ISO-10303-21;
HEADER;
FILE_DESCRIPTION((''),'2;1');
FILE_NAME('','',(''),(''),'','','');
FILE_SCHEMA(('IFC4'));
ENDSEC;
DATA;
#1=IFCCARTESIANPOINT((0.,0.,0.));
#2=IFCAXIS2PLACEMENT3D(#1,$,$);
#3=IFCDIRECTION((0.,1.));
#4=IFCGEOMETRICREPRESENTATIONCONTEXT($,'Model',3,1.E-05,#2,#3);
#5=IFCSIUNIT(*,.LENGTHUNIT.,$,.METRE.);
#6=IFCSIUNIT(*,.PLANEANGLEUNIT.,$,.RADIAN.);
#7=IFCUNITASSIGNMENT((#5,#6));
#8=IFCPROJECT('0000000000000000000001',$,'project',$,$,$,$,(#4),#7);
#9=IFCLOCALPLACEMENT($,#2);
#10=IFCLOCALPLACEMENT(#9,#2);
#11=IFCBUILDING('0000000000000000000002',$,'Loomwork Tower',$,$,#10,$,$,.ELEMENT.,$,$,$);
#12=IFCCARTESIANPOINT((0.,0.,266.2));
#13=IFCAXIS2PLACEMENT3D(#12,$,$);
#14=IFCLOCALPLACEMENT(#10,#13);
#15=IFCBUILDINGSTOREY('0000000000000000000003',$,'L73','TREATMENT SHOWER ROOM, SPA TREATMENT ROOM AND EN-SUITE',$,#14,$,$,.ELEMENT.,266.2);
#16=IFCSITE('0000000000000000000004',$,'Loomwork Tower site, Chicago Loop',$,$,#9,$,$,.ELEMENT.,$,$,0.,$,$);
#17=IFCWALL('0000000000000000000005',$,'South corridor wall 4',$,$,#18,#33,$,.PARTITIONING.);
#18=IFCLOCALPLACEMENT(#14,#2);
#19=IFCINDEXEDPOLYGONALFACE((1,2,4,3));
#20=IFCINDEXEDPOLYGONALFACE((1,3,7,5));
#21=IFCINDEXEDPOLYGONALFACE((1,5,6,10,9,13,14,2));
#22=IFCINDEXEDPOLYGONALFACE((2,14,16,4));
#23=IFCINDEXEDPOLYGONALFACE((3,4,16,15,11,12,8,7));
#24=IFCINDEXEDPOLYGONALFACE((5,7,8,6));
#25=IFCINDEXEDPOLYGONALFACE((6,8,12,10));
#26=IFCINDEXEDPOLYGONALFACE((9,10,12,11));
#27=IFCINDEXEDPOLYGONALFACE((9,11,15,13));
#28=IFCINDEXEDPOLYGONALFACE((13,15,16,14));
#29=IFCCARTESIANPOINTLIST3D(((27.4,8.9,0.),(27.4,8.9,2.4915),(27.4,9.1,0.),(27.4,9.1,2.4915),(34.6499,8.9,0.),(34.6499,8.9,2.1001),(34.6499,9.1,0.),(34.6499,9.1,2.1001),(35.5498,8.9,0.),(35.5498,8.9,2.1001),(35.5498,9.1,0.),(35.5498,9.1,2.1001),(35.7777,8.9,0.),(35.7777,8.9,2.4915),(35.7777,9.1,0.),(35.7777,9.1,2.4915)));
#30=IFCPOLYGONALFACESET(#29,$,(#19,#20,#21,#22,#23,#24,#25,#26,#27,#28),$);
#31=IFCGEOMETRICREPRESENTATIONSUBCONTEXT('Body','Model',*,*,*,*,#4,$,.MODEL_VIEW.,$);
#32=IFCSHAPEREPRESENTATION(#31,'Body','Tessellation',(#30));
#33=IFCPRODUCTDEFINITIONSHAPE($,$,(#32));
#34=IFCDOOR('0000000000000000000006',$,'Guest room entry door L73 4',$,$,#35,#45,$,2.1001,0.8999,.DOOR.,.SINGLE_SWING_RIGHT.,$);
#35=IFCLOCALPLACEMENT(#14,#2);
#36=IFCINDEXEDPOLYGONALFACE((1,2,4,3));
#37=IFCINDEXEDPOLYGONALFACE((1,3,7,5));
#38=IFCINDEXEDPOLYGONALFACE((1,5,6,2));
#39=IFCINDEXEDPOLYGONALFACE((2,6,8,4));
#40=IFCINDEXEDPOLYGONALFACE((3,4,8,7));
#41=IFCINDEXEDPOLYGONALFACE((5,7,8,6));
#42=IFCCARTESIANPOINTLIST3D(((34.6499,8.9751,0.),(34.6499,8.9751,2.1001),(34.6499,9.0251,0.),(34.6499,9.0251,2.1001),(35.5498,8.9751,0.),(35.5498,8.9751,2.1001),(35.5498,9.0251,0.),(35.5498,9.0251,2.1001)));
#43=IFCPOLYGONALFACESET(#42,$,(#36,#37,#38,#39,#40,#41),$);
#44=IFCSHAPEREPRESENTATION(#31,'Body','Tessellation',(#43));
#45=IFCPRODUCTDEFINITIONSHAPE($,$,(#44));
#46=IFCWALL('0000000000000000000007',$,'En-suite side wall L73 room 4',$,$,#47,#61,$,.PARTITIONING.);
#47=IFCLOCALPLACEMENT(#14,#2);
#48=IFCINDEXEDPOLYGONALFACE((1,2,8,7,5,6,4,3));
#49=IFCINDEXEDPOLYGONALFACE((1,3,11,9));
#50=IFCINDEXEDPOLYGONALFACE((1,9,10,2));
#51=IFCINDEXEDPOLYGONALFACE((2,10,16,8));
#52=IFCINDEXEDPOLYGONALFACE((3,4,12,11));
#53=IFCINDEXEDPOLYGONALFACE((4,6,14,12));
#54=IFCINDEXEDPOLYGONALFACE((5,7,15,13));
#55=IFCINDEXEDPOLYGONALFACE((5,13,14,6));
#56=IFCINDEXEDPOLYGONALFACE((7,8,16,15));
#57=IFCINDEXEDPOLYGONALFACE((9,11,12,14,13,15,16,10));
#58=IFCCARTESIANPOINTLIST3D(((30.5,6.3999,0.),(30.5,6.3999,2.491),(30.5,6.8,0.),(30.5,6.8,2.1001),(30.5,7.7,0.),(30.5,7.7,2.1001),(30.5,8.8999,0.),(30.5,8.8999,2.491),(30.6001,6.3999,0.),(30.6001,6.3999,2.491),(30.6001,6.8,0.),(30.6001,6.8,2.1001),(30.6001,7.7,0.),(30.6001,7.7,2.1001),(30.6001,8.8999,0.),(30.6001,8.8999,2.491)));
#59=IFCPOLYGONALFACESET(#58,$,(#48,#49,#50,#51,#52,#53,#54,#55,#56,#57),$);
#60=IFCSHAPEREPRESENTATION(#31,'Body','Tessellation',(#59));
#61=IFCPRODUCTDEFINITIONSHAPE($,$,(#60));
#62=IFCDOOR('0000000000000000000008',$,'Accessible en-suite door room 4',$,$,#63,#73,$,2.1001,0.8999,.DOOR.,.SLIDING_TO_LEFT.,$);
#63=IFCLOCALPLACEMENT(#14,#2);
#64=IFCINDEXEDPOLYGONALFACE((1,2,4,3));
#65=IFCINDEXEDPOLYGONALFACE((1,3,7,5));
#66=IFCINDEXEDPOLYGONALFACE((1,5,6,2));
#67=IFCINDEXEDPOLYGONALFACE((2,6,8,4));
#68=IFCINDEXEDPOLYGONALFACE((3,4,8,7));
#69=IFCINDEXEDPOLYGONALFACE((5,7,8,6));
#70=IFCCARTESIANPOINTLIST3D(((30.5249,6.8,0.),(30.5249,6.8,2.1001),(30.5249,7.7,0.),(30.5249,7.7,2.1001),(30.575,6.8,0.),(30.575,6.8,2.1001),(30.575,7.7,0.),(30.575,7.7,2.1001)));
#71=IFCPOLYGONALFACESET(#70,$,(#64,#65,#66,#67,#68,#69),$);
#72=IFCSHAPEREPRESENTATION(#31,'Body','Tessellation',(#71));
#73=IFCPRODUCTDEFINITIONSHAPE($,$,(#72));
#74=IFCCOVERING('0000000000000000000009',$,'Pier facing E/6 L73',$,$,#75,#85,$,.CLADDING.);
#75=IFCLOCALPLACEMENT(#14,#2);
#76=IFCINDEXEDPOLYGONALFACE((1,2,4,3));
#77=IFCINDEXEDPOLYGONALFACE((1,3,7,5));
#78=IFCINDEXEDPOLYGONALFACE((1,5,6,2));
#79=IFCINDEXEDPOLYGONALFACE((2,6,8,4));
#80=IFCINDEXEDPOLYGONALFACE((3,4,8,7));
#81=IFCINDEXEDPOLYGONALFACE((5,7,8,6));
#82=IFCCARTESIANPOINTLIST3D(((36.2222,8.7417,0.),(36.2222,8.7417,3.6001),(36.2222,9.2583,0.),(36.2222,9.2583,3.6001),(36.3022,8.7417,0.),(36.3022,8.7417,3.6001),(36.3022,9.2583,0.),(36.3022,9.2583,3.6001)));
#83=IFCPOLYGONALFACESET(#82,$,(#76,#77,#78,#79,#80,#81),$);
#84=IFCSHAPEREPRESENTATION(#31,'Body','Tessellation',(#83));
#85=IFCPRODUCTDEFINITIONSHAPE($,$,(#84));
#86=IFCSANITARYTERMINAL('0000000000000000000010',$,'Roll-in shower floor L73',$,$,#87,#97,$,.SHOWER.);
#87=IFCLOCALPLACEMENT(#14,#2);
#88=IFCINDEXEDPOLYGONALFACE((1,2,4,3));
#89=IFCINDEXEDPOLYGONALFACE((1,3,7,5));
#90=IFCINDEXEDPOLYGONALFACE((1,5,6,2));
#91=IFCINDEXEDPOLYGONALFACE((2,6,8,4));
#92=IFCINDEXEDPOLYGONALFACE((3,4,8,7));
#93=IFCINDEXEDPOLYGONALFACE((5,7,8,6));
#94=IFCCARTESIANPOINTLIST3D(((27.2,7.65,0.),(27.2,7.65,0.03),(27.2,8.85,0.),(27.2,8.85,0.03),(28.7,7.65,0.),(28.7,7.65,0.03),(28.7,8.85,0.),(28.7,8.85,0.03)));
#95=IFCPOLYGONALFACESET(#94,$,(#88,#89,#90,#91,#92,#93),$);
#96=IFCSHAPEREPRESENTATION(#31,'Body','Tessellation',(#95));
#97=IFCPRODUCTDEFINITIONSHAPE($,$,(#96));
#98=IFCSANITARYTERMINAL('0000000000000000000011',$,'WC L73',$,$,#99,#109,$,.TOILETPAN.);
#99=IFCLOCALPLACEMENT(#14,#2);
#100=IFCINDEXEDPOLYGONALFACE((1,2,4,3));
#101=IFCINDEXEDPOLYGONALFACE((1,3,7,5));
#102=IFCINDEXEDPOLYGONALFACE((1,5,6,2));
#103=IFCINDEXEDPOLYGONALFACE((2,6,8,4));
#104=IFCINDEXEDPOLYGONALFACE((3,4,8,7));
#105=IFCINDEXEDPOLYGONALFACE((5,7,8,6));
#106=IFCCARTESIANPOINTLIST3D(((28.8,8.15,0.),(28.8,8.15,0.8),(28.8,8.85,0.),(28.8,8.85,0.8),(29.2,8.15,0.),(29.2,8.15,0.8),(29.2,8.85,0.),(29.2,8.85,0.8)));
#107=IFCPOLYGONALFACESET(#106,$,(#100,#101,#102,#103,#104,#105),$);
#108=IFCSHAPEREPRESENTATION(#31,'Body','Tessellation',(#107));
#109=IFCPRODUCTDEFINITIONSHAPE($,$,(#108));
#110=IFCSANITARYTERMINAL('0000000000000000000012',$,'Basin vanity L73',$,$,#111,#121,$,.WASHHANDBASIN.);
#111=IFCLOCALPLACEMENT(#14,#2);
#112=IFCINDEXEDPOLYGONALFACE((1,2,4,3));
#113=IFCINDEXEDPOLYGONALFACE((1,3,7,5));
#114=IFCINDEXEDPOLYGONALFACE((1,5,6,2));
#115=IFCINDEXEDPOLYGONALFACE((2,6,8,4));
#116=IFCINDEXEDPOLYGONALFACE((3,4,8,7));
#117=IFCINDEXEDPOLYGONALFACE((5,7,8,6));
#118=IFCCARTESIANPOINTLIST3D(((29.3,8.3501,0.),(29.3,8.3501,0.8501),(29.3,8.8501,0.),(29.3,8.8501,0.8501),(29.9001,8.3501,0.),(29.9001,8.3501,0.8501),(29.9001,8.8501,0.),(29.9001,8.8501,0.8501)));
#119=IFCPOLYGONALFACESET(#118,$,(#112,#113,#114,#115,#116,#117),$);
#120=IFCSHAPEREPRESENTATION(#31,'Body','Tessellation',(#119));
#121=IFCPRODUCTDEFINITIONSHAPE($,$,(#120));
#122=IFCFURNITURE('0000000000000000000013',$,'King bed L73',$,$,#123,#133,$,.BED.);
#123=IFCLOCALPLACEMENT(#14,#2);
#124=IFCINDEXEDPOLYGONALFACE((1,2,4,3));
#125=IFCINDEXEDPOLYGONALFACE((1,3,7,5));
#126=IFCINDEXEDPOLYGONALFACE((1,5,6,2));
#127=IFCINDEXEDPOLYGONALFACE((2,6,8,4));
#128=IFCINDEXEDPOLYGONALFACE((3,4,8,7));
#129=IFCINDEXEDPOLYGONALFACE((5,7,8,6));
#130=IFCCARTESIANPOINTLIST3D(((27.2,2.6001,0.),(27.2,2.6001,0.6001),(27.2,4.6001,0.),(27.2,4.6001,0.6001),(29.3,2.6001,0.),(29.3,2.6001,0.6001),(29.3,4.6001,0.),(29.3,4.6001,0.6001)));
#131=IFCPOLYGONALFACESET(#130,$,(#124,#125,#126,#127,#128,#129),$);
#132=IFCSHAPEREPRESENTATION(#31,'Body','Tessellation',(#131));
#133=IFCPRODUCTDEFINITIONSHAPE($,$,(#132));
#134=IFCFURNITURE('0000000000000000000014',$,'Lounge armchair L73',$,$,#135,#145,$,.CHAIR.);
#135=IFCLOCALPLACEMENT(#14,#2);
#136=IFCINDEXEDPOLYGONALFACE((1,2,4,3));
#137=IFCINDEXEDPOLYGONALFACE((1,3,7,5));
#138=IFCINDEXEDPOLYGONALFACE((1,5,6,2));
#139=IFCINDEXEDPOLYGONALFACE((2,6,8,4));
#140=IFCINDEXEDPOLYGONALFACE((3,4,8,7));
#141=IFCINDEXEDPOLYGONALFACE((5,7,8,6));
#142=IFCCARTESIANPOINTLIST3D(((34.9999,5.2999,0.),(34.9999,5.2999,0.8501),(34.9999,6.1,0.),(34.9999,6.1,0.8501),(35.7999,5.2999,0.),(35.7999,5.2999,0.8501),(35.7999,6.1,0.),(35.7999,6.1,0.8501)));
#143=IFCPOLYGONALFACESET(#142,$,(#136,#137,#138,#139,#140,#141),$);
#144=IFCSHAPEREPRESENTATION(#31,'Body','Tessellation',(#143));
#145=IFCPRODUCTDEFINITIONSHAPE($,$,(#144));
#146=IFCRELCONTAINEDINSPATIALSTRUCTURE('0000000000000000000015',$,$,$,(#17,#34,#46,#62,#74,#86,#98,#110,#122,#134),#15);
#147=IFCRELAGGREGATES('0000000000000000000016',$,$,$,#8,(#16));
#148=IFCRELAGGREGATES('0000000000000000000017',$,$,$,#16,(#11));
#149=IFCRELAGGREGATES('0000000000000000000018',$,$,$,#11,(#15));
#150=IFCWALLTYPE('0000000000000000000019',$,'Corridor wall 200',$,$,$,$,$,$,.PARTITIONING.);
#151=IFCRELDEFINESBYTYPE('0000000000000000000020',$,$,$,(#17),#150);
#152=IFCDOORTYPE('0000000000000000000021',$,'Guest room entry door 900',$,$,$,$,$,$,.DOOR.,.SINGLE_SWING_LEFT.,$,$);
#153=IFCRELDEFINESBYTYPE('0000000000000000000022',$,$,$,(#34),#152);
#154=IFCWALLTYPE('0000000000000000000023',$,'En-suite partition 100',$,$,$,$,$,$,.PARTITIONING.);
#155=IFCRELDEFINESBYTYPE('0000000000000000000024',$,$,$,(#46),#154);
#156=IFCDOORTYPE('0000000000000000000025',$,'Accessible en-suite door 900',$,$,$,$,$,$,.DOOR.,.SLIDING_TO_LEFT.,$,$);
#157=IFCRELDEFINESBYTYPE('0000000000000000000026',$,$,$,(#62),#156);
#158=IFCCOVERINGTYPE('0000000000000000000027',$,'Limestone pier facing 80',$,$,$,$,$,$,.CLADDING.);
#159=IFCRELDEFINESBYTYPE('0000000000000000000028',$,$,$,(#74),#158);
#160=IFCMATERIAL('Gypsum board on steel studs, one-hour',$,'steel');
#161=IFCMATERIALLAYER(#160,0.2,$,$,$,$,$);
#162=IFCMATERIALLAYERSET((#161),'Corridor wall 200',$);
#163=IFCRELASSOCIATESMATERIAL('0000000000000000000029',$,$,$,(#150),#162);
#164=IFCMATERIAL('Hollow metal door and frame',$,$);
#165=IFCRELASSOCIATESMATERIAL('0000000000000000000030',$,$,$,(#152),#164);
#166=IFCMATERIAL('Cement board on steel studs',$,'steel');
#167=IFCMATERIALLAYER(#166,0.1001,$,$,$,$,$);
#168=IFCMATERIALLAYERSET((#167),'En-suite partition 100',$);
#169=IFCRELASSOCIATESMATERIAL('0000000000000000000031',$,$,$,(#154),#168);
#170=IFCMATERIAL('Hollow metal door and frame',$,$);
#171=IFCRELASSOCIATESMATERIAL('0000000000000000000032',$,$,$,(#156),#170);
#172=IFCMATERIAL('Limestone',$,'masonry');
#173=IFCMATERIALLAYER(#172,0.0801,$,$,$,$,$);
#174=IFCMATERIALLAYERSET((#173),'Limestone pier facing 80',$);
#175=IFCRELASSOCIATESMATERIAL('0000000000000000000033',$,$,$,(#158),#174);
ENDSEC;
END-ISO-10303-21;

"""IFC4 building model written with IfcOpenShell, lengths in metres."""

from ifc_helpers import new_model, si_unit, direction, frame, frame_2d, origin, origin_2d, place, context, subcontext, project, spatial, rectangle, extrude, material, layer, layer_set, type_object, element, fill, save


model = new_model("IFC4")

# Units and contexts
model_context = context("Model", 3, precision=1e-05, world=origin(), true_north=direction((0.0, 1.0)))
body_context = subcontext(model_context, "Body", "Model", "MODEL_VIEW")
ifc_project = project(units=[si_unit("LENGTHUNIT", "METRE"), si_unit("PLANEANGLEUNIT", "RADIAN")], contexts=[model_context])

# Site, building, storey
site_placement = place(None, origin())
site = spatial("IfcSite", under=ifc_project, at=site_placement, Name="Loomwork Tower site, Chicago Loop", CompositionType="ELEMENT", RefElevation=0.0)
building_placement = place(site_placement, origin())
building = spatial("IfcBuilding", under=site, at=building_placement, Name="Loomwork Tower", CompositionType="ELEMENT")
storey_placement = place(building_placement, frame((0.0, 0.0, 266.2)))
storey = spatial("IfcBuildingStorey", under=building, at=storey_placement, Name="L73", Description="TREATMENT SHOWER ROOM, SPA TREATMENT ROOM AND EN-SUITE", CompositionType="ELEMENT", Elevation=266.2)

# Walls, openings, doors
ifc_material_1 = material(Name="Gypsum board on steel studs, one-hour", Category="steel")
ifc_layer_1 = layer(ifc_material_1, 0.2)
ifc_layer_set_1 = layer_set([ifc_layer_1], Name="Corridor wall 200")
wall_type_1 = type_object("IfcWallType", Name="Corridor wall 200", PredefinedType="PARTITIONING", material=ifc_layer_set_1)
wall_1_placement = place(storey_placement, frame((27.3999, 9.0, 0.0), z_axis=(0.0, 0.0, 1.0), x_axis=(1.0, 0.0, 0.0)))
wall_1 = element("IfcWall", 1, at=wall_1_placement, inside=storey, type_object=wall_type_1, Name="South corridor wall 4", PredefinedType="PARTITIONING", context=body_context, shape_type="SweptSolid", body=[
    extrude(rectangle(XDim=8.3777, YDim=0.2, at=frame_2d((4.189, 0.0))), origin(), (0.0, 0.0, 1.0), 2.4915),
])
opening_1_placement = place(wall_1_placement, frame((7.25, 0.0, 0.0)))
opening_1 = element("IfcOpeningElement", 2, at=opening_1_placement, cuts=wall_1, PredefinedType="OPENING", context=body_context, shape_type="SweptSolid", body=[
    extrude(rectangle(XDim=0.8999, YDim=2.1001, at=frame_2d((0.45, 1.05))), frame((0.0, 0.1099, 0.0), z_axis=(0.0, -1.0, 0.0), x_axis=(1.0, 0.0, 0.0)), (0.0, 0.0, 1.0), 0.22),
])
ifc_material_2 = material(Name="Hollow metal door and frame")
door_type_1 = type_object("IfcDoorType", Name="Guest room entry door 900", OperationType="SINGLE_SWING_LEFT", PredefinedType="DOOR", material=ifc_material_2)
door_1_placement = place(opening_1_placement, frame((0.8999, 0.0, 0.0), z_axis=(0.0, 0.0, 1.0), x_axis=(-1.0, 0.0, 0.0)))
door_1 = element("IfcDoor", 3, at=door_1_placement, inside=storey, type_object=door_type_1, Name="Guest room entry door L73 4", OperationType="SINGLE_SWING_RIGHT", OverallHeight=2.1001, OverallWidth=0.8999, PredefinedType="DOOR", context=body_context, shape_type="SweptSolid", body=[
    extrude(rectangle(XDim=0.8999, YDim=2.1001, at=frame_2d((0.45, 1.05))), frame((0.0, 0.0249, 0.0), z_axis=(0.0, -1.0, 0.0), x_axis=(1.0, 0.0, 0.0)), (0.0, 0.0, 1.0), 0.05),
])
fill(opening_1, door_1)
ifc_material_3 = material(Name="Cement board on steel studs", Category="steel")
ifc_layer_2 = layer(ifc_material_3, 0.1001)
ifc_layer_set_2 = layer_set([ifc_layer_2], Name="En-suite partition 100")
wall_type_2 = type_object("IfcWallType", Name="En-suite partition 100", PredefinedType="PARTITIONING", material=ifc_layer_set_2)
wall_2_placement = place(storey_placement, frame((30.55, 8.8999, 0.0), z_axis=(0.0, 0.0, 1.0), x_axis=(0.0, -1.0, 0.0)))
wall_2 = element("IfcWall", 4, at=wall_2_placement, inside=storey, type_object=wall_type_2, Name="En-suite side wall L73 room 4", PredefinedType="PARTITIONING", context=body_context, shape_type="SweptSolid", body=[
    extrude(rectangle(XDim=2.5, YDim=0.1001, at=frame_2d((1.25, 0.0))), origin(), (0.0, 0.0, 1.0), 2.491),
])
opening_2_placement = place(wall_2_placement, frame((1.2, 0.0, 0.0)))
opening_2 = element("IfcOpeningElement", 5, at=opening_2_placement, cuts=wall_2, PredefinedType="OPENING", context=body_context, shape_type="SweptSolid", body=[
    extrude(rectangle(XDim=0.8999, YDim=2.1001, at=frame_2d((0.45, 1.05))), frame((0.0, 0.0601, 0.0), z_axis=(0.0, -1.0, 0.0), x_axis=(1.0, 0.0, 0.0)), (0.0, 0.0, 1.0), 0.1201),
])
ifc_material_4 = material(Name="Hollow metal door and frame")
door_type_2 = type_object("IfcDoorType", Name="Accessible en-suite door 900", OperationType="SLIDING_TO_LEFT", PredefinedType="DOOR", material=ifc_material_4)
door_2_placement = place(opening_2_placement, origin())
door_2 = element("IfcDoor", 6, at=door_2_placement, inside=storey, type_object=door_type_2, Name="Accessible en-suite door room 4", OperationType="SLIDING_TO_LEFT", OverallHeight=2.1001, OverallWidth=0.8999, PredefinedType="DOOR", context=body_context, shape_type="SweptSolid", body=[
    extrude(rectangle(XDim=0.8999, YDim=2.1001, at=frame_2d((0.45, 1.05))), frame((0.0, 0.0249, 0.0), z_axis=(0.0, -1.0, 0.0), x_axis=(1.0, 0.0, 0.0)), (0.0, 0.0, 1.0), 0.05),
])
fill(opening_2, door_2)

# Covering
ifc_material_5 = material(Name="Limestone", Category="masonry")
ifc_layer_3 = layer(ifc_material_5, 0.0801)
ifc_layer_set_3 = layer_set([ifc_layer_3], Name="Limestone pier facing 80")
covering_type = type_object("IfcCoveringType", Name="Limestone pier facing 80", PredefinedType="CLADDING", material=ifc_layer_set_3)
covering_placement = place(storey_placement, frame((36.2622, 9.0, 0.0), z_axis=(0.0, 0.0, 1.0), x_axis=(1.0, 0.0, 0.0)))
element("IfcCovering", 7, at=covering_placement, inside=storey, type_object=covering_type, Name="Pier facing E/6 L73", PredefinedType="CLADDING", context=body_context, shape_type="SweptSolid", body=[
    extrude(rectangle(XDim=0.0801, YDim=0.5166, at=origin_2d()), origin(), (0.0, 0.0, 1.0), 3.6001),
])

# Sanitary terminals
sanitary_terminal_1_placement = place(storey_placement, frame((27.95, 8.25, 0.0), z_axis=(0.0, 0.0, 1.0), x_axis=(1.0, 0.0, 0.0)))
element("IfcSanitaryTerminal", 8, at=sanitary_terminal_1_placement, inside=storey, Name="Roll-in shower floor L73", PredefinedType="SHOWER", context=body_context, shape_type="SweptSolid", body=[
    extrude(rectangle(XDim=1.5, YDim=1.2, at=origin_2d()), origin(), (0.0, 0.0, 1.0), 0.03),
])
sanitary_terminal_2_placement = place(storey_placement, frame((29.0, 8.5, 0.0), z_axis=(0.0, 0.0, 1.0), x_axis=(1.0, 0.0, 0.0)))
element("IfcSanitaryTerminal", 9, at=sanitary_terminal_2_placement, inside=storey, Name="WC L73", PredefinedType="TOILETPAN", context=body_context, shape_type="SweptSolid", body=[
    extrude(rectangle(XDim=0.3999, YDim=0.7, at=origin_2d()), origin(), (0.0, 0.0, 1.0), 0.8),
])
sanitary_terminal_3_placement = place(storey_placement, frame((29.6001, 8.6001, 0.0), z_axis=(0.0, 0.0, 1.0), x_axis=(1.0, 0.0, 0.0)))
element("IfcSanitaryTerminal", 10, at=sanitary_terminal_3_placement, inside=storey, Name="Basin vanity L73", PredefinedType="WASHHANDBASIN", context=body_context, shape_type="SweptSolid", body=[
    extrude(rectangle(XDim=0.6001, YDim=0.5, at=origin_2d()), origin(), (0.0, 0.0, 1.0), 0.8501),
])

# Furniture
furniture_1_placement = place(storey_placement, frame((28.25, 3.6001, 0.0), z_axis=(0.0, 0.0, 1.0), x_axis=(1.0, 0.0, 0.0)))
element("IfcFurniture", 11, at=furniture_1_placement, inside=storey, Name="King bed L73", PredefinedType="BED", context=body_context, shape_type="SweptSolid", body=[
    extrude(rectangle(XDim=2.1001, YDim=2.0, at=origin_2d()), origin(), (0.0, 0.0, 1.0), 0.6001),
])
furniture_2_placement = place(storey_placement, frame((35.3999, 5.7, 0.0), z_axis=(0.0, 0.0, 1.0), x_axis=(1.0, 0.0, 0.0)))
element("IfcFurniture", 12, at=furniture_2_placement, inside=storey, Name="Lounge armchair L73", PredefinedType="CHAIR", context=body_context, shape_type="SweptSolid", body=[
    extrude(rectangle(XDim=0.8, YDim=0.8, at=origin_2d()), origin(), (0.0, 0.0, 1.0), 0.8501),
])

save(model, "model.ifc")
